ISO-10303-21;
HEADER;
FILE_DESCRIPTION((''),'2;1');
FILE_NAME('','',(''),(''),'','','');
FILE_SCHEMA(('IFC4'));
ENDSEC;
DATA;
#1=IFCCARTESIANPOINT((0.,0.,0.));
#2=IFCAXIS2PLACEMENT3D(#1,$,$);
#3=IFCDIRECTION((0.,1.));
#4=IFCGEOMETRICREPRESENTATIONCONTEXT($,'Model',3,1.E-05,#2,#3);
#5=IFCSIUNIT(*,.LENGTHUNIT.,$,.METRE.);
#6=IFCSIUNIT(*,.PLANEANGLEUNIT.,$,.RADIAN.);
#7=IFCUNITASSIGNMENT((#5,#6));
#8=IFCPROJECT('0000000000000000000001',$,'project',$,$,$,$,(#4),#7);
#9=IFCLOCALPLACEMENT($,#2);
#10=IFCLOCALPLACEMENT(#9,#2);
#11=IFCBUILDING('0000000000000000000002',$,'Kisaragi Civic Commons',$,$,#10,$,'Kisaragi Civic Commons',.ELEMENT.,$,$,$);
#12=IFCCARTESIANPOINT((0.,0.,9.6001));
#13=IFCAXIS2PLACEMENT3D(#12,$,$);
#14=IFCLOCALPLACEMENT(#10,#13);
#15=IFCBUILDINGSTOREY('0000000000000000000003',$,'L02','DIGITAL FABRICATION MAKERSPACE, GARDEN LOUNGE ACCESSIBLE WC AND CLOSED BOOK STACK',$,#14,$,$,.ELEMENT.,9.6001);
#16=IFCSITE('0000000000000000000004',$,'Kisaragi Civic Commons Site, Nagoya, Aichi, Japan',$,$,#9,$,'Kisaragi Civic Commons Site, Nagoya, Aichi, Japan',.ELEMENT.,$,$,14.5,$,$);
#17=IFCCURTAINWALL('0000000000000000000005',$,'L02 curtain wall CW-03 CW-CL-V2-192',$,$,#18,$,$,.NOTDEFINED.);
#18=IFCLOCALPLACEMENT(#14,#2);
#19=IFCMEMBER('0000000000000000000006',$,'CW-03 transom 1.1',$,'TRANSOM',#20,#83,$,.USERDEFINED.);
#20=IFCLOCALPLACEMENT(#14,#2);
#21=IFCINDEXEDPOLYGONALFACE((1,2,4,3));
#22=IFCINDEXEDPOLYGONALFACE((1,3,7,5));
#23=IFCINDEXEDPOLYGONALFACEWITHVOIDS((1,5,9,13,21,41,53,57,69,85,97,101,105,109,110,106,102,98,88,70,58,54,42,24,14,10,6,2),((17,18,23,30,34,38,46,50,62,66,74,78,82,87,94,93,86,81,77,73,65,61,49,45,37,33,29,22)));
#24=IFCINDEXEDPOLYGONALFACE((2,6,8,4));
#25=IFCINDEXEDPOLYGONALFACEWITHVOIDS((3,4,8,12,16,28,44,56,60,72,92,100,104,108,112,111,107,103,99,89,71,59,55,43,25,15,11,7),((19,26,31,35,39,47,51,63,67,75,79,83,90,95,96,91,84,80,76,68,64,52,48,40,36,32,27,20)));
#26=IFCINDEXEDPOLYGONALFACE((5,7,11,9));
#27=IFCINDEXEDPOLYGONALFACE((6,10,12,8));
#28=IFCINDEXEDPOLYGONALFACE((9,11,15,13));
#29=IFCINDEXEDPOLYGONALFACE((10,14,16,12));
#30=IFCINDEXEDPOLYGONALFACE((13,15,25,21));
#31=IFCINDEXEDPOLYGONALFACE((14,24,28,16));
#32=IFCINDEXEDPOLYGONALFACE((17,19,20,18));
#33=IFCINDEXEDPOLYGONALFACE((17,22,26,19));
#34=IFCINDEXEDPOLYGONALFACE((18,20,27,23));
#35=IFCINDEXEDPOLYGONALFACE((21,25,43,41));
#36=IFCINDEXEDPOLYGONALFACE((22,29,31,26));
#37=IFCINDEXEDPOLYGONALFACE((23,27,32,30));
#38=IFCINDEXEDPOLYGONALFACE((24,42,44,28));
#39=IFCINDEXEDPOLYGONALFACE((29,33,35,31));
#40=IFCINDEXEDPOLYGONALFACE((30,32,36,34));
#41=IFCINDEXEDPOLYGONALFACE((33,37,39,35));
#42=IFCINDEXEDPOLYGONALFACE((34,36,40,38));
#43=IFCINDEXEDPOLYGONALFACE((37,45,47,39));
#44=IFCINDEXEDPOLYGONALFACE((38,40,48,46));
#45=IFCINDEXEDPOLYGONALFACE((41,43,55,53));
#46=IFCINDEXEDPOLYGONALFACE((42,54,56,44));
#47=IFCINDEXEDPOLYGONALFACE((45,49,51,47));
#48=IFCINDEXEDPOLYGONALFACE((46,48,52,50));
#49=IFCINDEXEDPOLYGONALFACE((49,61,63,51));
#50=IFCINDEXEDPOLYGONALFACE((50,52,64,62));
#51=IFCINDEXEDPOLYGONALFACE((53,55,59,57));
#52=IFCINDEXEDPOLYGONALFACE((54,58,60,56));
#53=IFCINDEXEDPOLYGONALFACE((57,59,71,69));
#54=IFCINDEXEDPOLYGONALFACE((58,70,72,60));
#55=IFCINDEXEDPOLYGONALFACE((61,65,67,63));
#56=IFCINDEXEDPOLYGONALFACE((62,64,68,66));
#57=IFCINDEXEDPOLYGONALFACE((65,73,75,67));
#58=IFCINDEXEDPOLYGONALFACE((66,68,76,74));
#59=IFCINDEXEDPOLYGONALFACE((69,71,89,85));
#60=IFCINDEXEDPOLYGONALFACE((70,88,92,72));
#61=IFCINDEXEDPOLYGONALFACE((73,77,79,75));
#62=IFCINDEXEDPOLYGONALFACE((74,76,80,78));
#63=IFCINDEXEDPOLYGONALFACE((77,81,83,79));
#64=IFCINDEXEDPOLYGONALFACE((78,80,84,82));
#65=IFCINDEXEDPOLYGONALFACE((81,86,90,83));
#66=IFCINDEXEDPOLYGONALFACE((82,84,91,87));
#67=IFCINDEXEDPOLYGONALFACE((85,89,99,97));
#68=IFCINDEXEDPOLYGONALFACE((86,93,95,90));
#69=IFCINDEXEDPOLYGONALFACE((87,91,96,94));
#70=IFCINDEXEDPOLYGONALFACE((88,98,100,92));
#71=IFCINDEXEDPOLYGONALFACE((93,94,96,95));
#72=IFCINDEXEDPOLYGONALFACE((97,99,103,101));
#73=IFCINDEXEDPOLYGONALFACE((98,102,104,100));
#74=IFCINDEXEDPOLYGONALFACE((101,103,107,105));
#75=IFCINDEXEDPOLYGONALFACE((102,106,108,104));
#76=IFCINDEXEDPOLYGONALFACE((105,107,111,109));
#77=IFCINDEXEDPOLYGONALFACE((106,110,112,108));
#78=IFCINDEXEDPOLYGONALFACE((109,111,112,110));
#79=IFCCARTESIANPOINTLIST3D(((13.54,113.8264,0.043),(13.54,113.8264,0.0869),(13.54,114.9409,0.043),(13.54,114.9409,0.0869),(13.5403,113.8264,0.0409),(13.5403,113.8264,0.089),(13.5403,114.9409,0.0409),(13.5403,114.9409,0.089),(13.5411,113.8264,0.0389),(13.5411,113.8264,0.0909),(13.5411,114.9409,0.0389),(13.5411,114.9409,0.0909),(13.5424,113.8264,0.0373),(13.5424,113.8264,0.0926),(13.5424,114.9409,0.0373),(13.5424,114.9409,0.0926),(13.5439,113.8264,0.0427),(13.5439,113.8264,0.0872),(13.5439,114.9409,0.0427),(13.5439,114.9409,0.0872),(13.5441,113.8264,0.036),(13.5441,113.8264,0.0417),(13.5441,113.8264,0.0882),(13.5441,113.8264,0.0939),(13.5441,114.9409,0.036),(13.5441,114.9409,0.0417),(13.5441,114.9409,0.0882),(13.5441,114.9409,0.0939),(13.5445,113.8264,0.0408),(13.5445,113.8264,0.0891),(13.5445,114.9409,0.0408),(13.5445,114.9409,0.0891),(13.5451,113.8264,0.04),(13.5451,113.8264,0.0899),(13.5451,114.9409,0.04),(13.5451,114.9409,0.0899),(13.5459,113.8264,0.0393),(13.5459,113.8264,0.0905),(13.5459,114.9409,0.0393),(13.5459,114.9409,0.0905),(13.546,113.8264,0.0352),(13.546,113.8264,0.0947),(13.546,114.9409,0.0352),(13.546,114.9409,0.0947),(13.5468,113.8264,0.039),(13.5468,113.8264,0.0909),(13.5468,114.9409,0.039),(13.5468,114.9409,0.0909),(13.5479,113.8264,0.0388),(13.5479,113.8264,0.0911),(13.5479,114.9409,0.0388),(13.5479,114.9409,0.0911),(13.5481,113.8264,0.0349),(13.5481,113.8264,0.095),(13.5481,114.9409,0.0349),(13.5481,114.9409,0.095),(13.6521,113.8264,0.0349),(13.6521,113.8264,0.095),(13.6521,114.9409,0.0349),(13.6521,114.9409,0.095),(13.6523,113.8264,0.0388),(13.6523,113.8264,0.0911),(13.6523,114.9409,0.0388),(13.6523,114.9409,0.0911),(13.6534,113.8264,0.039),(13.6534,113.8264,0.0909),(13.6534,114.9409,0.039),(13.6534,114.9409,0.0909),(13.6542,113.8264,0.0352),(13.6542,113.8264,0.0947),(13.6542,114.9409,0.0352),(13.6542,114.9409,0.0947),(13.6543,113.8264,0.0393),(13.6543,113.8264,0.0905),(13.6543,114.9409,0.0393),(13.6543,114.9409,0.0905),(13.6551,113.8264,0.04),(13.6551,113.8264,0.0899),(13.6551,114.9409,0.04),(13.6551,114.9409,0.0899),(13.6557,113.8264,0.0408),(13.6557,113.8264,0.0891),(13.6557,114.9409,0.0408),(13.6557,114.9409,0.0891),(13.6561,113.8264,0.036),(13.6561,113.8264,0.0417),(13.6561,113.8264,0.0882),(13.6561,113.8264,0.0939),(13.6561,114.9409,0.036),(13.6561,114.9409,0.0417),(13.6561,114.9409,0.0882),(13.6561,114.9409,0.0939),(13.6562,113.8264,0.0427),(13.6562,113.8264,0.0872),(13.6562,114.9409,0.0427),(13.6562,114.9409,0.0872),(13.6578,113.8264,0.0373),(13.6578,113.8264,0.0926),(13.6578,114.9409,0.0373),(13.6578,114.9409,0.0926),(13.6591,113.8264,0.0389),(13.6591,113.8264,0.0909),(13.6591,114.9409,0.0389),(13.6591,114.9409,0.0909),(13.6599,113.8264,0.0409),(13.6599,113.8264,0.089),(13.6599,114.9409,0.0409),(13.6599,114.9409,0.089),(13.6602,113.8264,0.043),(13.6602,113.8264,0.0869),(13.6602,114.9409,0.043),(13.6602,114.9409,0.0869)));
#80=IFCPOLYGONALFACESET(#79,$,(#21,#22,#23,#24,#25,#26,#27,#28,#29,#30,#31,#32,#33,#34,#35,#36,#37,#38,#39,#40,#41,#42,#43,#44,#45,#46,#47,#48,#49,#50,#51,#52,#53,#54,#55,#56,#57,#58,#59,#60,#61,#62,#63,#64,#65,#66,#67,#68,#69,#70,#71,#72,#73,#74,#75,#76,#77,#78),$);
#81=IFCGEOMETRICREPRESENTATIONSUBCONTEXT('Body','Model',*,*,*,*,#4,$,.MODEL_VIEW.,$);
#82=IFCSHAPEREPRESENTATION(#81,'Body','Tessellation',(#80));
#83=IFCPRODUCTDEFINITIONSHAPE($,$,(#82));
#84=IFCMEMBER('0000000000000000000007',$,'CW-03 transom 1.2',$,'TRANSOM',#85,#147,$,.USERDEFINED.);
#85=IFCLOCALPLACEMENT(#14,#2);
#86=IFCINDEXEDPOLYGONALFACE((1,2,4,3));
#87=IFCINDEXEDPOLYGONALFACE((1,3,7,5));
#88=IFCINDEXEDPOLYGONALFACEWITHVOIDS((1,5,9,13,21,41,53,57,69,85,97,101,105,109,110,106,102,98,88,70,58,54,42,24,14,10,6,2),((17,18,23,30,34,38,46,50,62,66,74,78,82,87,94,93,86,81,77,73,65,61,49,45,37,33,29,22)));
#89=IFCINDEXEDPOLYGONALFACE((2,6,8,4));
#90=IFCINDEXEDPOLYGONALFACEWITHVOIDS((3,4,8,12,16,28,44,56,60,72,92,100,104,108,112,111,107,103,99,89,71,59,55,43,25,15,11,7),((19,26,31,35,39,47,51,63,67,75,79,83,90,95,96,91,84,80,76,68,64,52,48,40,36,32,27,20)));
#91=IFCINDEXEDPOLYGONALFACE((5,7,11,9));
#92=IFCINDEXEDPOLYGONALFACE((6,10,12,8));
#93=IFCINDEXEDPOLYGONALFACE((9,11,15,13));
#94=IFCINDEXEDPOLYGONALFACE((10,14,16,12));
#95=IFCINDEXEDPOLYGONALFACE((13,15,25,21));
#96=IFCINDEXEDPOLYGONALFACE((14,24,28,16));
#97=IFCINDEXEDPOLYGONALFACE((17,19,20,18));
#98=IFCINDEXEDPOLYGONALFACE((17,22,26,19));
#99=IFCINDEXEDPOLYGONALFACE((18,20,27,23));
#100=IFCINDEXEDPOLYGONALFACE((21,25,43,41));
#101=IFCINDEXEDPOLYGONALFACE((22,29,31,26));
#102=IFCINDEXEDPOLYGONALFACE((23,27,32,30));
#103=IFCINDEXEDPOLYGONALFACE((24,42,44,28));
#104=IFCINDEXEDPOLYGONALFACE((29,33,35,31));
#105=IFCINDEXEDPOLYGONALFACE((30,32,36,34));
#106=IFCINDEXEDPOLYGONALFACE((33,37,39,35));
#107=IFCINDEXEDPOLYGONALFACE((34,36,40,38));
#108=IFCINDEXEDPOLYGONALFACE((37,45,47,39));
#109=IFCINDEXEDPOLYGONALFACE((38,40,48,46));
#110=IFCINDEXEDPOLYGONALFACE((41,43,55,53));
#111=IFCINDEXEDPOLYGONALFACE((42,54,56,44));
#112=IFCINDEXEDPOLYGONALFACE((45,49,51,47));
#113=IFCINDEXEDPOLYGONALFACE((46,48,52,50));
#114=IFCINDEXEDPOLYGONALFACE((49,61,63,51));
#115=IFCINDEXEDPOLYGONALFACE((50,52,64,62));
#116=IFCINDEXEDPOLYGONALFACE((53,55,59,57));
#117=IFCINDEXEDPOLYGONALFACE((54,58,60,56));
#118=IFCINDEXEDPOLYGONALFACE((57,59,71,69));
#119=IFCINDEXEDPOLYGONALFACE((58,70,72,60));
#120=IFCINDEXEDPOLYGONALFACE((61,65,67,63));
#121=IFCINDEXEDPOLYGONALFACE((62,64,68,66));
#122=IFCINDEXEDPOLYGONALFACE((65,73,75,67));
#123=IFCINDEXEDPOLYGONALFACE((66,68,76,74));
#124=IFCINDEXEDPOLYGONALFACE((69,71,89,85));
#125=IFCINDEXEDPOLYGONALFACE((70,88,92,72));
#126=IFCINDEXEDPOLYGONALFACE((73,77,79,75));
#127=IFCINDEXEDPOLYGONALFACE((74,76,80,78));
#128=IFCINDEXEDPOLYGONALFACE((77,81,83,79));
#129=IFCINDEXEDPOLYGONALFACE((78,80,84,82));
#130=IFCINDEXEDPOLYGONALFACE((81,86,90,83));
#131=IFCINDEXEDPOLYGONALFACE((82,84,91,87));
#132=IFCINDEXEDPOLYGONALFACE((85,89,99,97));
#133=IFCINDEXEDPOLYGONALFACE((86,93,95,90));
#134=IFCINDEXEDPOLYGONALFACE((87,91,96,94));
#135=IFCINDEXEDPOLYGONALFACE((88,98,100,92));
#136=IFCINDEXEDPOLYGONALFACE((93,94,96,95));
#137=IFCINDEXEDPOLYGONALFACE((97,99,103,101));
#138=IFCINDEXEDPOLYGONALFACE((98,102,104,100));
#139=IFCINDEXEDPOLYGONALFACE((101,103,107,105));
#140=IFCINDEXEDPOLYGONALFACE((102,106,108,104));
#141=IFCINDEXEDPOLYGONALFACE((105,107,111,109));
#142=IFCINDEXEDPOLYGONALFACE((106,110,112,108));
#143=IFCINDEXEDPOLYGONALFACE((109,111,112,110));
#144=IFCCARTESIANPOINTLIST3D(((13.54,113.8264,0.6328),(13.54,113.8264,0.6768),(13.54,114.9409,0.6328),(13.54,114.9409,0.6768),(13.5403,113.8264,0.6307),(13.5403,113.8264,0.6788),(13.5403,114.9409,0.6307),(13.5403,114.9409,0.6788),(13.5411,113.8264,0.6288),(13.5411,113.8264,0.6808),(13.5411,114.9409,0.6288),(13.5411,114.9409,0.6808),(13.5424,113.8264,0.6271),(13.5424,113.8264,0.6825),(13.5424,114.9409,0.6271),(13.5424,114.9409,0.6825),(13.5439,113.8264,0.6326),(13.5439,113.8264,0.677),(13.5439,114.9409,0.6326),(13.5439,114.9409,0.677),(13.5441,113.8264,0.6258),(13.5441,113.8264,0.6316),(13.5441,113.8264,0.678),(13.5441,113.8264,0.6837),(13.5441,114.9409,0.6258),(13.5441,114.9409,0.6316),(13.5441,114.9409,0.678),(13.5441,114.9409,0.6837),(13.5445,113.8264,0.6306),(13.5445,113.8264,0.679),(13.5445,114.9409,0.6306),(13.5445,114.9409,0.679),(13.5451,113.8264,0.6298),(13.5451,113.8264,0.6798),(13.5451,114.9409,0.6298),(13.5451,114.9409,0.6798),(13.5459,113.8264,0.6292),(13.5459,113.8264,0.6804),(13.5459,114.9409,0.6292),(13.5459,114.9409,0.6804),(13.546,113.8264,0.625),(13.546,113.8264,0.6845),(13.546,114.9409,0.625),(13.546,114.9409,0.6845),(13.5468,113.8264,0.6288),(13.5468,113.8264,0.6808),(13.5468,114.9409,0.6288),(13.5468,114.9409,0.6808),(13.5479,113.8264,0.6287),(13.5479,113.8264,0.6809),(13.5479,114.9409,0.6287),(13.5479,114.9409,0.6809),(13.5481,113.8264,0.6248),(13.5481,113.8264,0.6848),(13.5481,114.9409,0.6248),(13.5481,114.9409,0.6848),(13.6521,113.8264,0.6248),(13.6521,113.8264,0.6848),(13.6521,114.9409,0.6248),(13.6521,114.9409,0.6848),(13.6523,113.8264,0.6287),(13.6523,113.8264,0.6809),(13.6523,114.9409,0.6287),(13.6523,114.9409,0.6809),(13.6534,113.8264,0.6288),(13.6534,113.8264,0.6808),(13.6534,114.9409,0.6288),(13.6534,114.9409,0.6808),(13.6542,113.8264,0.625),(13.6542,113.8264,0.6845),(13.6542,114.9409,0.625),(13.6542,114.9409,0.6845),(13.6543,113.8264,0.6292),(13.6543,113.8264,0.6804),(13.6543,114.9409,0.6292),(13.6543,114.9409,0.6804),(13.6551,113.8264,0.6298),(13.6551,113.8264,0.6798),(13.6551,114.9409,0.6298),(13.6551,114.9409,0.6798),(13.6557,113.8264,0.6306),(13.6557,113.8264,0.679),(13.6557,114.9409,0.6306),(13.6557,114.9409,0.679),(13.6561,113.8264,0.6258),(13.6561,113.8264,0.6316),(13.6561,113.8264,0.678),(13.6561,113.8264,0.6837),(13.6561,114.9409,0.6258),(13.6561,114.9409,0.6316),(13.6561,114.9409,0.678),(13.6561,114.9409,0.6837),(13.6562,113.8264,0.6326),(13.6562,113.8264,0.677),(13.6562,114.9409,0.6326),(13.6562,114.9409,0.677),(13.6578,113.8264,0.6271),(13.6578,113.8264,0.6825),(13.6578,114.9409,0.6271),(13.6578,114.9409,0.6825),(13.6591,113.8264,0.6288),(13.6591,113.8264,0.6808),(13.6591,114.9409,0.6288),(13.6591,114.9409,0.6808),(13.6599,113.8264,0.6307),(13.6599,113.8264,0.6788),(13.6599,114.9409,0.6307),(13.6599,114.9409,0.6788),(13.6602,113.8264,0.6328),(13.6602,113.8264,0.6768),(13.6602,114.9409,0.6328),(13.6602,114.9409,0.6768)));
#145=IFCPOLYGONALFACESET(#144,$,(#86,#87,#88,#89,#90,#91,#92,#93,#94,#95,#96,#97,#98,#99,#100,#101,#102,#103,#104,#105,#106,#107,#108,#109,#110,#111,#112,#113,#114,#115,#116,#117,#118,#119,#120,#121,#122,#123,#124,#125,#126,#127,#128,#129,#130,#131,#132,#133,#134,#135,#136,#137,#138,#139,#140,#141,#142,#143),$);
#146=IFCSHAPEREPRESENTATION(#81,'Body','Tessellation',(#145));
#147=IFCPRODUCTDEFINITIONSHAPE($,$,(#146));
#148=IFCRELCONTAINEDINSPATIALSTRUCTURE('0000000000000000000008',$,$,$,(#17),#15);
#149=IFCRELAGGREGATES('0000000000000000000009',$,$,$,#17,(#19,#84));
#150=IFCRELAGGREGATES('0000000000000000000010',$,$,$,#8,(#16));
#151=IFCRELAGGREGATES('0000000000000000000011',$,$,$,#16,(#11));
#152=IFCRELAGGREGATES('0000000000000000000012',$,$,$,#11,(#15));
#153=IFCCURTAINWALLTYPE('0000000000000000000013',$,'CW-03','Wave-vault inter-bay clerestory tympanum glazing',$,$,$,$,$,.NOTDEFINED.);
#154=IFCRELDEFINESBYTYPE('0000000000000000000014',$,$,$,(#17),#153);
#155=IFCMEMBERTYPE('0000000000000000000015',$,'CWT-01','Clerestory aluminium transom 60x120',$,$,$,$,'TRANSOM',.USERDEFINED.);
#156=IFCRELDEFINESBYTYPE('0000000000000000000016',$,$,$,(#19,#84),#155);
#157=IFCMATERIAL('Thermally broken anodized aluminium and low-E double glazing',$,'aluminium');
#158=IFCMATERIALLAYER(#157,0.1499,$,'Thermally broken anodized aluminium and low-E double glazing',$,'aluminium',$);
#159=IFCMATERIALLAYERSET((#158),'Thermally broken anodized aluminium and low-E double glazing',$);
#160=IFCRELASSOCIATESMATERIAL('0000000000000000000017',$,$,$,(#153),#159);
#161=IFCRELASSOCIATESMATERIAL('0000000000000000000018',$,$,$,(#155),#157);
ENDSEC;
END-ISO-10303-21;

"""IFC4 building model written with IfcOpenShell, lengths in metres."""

from ifc_helpers import new_model, si_unit, direction, frame, origin, origin_2d, place, context, subcontext, project, spatial, hollow_rectangle, extrude, material, layer, layer_set, material_profile, profile_set, type_object, element, aggregate, save


model = new_model("IFC4")

# Units and contexts
model_context = context("Model", 3, precision=1e-05, world=origin(), true_north=direction((0.0, 1.0)))
body_context = subcontext(model_context, "Body", "Model", "MODEL_VIEW")
ifc_project = project(units=[si_unit("LENGTHUNIT", "METRE"), si_unit("PLANEANGLEUNIT", "RADIAN")], contexts=[model_context])

# Site, building, storey
site_placement = place(None, origin())
site = spatial("IfcSite", under=ifc_project, at=site_placement, Name="Kisaragi Civic Commons Site, Nagoya, Aichi, Japan", LongName="Kisaragi Civic Commons Site, Nagoya, Aichi, Japan", CompositionType="ELEMENT", RefElevation=14.5)
building_placement = place(site_placement, origin())
building = spatial("IfcBuilding", under=site, at=building_placement, Name="Kisaragi Civic Commons", LongName="Kisaragi Civic Commons", CompositionType="ELEMENT")
storey_placement = place(building_placement, frame((0.0, 0.0, 9.6001)))
storey = spatial("IfcBuildingStorey", under=building, at=storey_placement, Name="L02", Description="DIGITAL FABRICATION MAKERSPACE, GARDEN LOUNGE ACCESSIBLE WC AND CLOSED BOOK STACK", CompositionType="ELEMENT", Elevation=9.6001)

# Shared definitions
ifc_material_1 = material(Name="Thermally broken anodized aluminium and low-E double glazing", Category="aluminium")
ifc_layer_1 = layer(ifc_material_1, 0.1499, Name="Thermally broken anodized aluminium and low-E double glazing", Category="aluminium")
ifc_layer_set_1 = layer_set([ifc_layer_1], Name="Thermally broken anodized aluminium and low-E double glazing")
curtain_wall_type = type_object("IfcCurtainWallType", Name="CW-03", Description="Wave-vault inter-bay clerestory tympanum glazing", PredefinedType="NOTDEFINED", material=ifc_layer_set_1)

# Curtain wall
curtain_wall_1_placement = place(storey_placement, origin())
curtain_wall_1 = element("IfcCurtainWall", 1, at=curtain_wall_1_placement, inside=storey, type_object=curtain_wall_type, Name="L02 curtain wall CW-03 CW-CL-V2-192", PredefinedType="NOTDEFINED")

# Members
ifc_material_profile_1 = material_profile(ifc_material_1, hollow_rectangle(XDim=0.1201, YDim=0.0601, WallThickness=0.0039, InnerFilletRadius=0.0039, OuterFilletRadius=0.0081, at=origin_2d()), Name="CWT-60x120x4", Category="aluminium")
ifc_profile_set_1 = profile_set([ifc_material_profile_1], Name="Thermally broken anodized aluminium and low-E double glazing")
member_type_1 = type_object("IfcMemberType", Name="CWT-01", Description="Clerestory aluminium transom 60x120", ElementType="TRANSOM", PredefinedType="USERDEFINED", material=ifc_profile_set_1)
member_1_placement = place(storey_placement, frame((13.6001, 113.8264, 0.0649), z_axis=(0.0, 1.0, 0.0), x_axis=(-1.0, 0.0, 0.0)))
member_1 = element("IfcMember", 2, at=member_1_placement, type_object=member_type_1, Name="CW-03 transom 1.1", ObjectType="TRANSOM", PredefinedType="USERDEFINED", context=body_context, shape_type="SweptSolid", body=[
    extrude(hollow_rectangle(XDim=0.1201, YDim=0.0601, WallThickness=0.0039, InnerFilletRadius=0.0039, OuterFilletRadius=0.0081, at=origin_2d()), origin(), (0.0, 0.0, 1.0), 1.1145),
])
member_2_placement = place(storey_placement, frame((13.6001, 113.8264, 0.6548), z_axis=(0.0, 1.0, 0.0), x_axis=(-1.0, 0.0, 0.0)))
member_2 = element("IfcMember", 3, at=member_2_placement, type_object=member_type_1, Name="CW-03 transom 1.2", ObjectType="TRANSOM", PredefinedType="USERDEFINED", context=body_context, shape_type="SweptSolid", body=[
    extrude(hollow_rectangle(XDim=0.1201, YDim=0.0601, WallThickness=0.0039, InnerFilletRadius=0.0039, OuterFilletRadius=0.0081, at=origin_2d()), origin(), (0.0, 0.0, 1.0), 1.1145),
])
aggregate(curtain_wall_1, [member_1, member_2])

save(model, "model.ifc")
